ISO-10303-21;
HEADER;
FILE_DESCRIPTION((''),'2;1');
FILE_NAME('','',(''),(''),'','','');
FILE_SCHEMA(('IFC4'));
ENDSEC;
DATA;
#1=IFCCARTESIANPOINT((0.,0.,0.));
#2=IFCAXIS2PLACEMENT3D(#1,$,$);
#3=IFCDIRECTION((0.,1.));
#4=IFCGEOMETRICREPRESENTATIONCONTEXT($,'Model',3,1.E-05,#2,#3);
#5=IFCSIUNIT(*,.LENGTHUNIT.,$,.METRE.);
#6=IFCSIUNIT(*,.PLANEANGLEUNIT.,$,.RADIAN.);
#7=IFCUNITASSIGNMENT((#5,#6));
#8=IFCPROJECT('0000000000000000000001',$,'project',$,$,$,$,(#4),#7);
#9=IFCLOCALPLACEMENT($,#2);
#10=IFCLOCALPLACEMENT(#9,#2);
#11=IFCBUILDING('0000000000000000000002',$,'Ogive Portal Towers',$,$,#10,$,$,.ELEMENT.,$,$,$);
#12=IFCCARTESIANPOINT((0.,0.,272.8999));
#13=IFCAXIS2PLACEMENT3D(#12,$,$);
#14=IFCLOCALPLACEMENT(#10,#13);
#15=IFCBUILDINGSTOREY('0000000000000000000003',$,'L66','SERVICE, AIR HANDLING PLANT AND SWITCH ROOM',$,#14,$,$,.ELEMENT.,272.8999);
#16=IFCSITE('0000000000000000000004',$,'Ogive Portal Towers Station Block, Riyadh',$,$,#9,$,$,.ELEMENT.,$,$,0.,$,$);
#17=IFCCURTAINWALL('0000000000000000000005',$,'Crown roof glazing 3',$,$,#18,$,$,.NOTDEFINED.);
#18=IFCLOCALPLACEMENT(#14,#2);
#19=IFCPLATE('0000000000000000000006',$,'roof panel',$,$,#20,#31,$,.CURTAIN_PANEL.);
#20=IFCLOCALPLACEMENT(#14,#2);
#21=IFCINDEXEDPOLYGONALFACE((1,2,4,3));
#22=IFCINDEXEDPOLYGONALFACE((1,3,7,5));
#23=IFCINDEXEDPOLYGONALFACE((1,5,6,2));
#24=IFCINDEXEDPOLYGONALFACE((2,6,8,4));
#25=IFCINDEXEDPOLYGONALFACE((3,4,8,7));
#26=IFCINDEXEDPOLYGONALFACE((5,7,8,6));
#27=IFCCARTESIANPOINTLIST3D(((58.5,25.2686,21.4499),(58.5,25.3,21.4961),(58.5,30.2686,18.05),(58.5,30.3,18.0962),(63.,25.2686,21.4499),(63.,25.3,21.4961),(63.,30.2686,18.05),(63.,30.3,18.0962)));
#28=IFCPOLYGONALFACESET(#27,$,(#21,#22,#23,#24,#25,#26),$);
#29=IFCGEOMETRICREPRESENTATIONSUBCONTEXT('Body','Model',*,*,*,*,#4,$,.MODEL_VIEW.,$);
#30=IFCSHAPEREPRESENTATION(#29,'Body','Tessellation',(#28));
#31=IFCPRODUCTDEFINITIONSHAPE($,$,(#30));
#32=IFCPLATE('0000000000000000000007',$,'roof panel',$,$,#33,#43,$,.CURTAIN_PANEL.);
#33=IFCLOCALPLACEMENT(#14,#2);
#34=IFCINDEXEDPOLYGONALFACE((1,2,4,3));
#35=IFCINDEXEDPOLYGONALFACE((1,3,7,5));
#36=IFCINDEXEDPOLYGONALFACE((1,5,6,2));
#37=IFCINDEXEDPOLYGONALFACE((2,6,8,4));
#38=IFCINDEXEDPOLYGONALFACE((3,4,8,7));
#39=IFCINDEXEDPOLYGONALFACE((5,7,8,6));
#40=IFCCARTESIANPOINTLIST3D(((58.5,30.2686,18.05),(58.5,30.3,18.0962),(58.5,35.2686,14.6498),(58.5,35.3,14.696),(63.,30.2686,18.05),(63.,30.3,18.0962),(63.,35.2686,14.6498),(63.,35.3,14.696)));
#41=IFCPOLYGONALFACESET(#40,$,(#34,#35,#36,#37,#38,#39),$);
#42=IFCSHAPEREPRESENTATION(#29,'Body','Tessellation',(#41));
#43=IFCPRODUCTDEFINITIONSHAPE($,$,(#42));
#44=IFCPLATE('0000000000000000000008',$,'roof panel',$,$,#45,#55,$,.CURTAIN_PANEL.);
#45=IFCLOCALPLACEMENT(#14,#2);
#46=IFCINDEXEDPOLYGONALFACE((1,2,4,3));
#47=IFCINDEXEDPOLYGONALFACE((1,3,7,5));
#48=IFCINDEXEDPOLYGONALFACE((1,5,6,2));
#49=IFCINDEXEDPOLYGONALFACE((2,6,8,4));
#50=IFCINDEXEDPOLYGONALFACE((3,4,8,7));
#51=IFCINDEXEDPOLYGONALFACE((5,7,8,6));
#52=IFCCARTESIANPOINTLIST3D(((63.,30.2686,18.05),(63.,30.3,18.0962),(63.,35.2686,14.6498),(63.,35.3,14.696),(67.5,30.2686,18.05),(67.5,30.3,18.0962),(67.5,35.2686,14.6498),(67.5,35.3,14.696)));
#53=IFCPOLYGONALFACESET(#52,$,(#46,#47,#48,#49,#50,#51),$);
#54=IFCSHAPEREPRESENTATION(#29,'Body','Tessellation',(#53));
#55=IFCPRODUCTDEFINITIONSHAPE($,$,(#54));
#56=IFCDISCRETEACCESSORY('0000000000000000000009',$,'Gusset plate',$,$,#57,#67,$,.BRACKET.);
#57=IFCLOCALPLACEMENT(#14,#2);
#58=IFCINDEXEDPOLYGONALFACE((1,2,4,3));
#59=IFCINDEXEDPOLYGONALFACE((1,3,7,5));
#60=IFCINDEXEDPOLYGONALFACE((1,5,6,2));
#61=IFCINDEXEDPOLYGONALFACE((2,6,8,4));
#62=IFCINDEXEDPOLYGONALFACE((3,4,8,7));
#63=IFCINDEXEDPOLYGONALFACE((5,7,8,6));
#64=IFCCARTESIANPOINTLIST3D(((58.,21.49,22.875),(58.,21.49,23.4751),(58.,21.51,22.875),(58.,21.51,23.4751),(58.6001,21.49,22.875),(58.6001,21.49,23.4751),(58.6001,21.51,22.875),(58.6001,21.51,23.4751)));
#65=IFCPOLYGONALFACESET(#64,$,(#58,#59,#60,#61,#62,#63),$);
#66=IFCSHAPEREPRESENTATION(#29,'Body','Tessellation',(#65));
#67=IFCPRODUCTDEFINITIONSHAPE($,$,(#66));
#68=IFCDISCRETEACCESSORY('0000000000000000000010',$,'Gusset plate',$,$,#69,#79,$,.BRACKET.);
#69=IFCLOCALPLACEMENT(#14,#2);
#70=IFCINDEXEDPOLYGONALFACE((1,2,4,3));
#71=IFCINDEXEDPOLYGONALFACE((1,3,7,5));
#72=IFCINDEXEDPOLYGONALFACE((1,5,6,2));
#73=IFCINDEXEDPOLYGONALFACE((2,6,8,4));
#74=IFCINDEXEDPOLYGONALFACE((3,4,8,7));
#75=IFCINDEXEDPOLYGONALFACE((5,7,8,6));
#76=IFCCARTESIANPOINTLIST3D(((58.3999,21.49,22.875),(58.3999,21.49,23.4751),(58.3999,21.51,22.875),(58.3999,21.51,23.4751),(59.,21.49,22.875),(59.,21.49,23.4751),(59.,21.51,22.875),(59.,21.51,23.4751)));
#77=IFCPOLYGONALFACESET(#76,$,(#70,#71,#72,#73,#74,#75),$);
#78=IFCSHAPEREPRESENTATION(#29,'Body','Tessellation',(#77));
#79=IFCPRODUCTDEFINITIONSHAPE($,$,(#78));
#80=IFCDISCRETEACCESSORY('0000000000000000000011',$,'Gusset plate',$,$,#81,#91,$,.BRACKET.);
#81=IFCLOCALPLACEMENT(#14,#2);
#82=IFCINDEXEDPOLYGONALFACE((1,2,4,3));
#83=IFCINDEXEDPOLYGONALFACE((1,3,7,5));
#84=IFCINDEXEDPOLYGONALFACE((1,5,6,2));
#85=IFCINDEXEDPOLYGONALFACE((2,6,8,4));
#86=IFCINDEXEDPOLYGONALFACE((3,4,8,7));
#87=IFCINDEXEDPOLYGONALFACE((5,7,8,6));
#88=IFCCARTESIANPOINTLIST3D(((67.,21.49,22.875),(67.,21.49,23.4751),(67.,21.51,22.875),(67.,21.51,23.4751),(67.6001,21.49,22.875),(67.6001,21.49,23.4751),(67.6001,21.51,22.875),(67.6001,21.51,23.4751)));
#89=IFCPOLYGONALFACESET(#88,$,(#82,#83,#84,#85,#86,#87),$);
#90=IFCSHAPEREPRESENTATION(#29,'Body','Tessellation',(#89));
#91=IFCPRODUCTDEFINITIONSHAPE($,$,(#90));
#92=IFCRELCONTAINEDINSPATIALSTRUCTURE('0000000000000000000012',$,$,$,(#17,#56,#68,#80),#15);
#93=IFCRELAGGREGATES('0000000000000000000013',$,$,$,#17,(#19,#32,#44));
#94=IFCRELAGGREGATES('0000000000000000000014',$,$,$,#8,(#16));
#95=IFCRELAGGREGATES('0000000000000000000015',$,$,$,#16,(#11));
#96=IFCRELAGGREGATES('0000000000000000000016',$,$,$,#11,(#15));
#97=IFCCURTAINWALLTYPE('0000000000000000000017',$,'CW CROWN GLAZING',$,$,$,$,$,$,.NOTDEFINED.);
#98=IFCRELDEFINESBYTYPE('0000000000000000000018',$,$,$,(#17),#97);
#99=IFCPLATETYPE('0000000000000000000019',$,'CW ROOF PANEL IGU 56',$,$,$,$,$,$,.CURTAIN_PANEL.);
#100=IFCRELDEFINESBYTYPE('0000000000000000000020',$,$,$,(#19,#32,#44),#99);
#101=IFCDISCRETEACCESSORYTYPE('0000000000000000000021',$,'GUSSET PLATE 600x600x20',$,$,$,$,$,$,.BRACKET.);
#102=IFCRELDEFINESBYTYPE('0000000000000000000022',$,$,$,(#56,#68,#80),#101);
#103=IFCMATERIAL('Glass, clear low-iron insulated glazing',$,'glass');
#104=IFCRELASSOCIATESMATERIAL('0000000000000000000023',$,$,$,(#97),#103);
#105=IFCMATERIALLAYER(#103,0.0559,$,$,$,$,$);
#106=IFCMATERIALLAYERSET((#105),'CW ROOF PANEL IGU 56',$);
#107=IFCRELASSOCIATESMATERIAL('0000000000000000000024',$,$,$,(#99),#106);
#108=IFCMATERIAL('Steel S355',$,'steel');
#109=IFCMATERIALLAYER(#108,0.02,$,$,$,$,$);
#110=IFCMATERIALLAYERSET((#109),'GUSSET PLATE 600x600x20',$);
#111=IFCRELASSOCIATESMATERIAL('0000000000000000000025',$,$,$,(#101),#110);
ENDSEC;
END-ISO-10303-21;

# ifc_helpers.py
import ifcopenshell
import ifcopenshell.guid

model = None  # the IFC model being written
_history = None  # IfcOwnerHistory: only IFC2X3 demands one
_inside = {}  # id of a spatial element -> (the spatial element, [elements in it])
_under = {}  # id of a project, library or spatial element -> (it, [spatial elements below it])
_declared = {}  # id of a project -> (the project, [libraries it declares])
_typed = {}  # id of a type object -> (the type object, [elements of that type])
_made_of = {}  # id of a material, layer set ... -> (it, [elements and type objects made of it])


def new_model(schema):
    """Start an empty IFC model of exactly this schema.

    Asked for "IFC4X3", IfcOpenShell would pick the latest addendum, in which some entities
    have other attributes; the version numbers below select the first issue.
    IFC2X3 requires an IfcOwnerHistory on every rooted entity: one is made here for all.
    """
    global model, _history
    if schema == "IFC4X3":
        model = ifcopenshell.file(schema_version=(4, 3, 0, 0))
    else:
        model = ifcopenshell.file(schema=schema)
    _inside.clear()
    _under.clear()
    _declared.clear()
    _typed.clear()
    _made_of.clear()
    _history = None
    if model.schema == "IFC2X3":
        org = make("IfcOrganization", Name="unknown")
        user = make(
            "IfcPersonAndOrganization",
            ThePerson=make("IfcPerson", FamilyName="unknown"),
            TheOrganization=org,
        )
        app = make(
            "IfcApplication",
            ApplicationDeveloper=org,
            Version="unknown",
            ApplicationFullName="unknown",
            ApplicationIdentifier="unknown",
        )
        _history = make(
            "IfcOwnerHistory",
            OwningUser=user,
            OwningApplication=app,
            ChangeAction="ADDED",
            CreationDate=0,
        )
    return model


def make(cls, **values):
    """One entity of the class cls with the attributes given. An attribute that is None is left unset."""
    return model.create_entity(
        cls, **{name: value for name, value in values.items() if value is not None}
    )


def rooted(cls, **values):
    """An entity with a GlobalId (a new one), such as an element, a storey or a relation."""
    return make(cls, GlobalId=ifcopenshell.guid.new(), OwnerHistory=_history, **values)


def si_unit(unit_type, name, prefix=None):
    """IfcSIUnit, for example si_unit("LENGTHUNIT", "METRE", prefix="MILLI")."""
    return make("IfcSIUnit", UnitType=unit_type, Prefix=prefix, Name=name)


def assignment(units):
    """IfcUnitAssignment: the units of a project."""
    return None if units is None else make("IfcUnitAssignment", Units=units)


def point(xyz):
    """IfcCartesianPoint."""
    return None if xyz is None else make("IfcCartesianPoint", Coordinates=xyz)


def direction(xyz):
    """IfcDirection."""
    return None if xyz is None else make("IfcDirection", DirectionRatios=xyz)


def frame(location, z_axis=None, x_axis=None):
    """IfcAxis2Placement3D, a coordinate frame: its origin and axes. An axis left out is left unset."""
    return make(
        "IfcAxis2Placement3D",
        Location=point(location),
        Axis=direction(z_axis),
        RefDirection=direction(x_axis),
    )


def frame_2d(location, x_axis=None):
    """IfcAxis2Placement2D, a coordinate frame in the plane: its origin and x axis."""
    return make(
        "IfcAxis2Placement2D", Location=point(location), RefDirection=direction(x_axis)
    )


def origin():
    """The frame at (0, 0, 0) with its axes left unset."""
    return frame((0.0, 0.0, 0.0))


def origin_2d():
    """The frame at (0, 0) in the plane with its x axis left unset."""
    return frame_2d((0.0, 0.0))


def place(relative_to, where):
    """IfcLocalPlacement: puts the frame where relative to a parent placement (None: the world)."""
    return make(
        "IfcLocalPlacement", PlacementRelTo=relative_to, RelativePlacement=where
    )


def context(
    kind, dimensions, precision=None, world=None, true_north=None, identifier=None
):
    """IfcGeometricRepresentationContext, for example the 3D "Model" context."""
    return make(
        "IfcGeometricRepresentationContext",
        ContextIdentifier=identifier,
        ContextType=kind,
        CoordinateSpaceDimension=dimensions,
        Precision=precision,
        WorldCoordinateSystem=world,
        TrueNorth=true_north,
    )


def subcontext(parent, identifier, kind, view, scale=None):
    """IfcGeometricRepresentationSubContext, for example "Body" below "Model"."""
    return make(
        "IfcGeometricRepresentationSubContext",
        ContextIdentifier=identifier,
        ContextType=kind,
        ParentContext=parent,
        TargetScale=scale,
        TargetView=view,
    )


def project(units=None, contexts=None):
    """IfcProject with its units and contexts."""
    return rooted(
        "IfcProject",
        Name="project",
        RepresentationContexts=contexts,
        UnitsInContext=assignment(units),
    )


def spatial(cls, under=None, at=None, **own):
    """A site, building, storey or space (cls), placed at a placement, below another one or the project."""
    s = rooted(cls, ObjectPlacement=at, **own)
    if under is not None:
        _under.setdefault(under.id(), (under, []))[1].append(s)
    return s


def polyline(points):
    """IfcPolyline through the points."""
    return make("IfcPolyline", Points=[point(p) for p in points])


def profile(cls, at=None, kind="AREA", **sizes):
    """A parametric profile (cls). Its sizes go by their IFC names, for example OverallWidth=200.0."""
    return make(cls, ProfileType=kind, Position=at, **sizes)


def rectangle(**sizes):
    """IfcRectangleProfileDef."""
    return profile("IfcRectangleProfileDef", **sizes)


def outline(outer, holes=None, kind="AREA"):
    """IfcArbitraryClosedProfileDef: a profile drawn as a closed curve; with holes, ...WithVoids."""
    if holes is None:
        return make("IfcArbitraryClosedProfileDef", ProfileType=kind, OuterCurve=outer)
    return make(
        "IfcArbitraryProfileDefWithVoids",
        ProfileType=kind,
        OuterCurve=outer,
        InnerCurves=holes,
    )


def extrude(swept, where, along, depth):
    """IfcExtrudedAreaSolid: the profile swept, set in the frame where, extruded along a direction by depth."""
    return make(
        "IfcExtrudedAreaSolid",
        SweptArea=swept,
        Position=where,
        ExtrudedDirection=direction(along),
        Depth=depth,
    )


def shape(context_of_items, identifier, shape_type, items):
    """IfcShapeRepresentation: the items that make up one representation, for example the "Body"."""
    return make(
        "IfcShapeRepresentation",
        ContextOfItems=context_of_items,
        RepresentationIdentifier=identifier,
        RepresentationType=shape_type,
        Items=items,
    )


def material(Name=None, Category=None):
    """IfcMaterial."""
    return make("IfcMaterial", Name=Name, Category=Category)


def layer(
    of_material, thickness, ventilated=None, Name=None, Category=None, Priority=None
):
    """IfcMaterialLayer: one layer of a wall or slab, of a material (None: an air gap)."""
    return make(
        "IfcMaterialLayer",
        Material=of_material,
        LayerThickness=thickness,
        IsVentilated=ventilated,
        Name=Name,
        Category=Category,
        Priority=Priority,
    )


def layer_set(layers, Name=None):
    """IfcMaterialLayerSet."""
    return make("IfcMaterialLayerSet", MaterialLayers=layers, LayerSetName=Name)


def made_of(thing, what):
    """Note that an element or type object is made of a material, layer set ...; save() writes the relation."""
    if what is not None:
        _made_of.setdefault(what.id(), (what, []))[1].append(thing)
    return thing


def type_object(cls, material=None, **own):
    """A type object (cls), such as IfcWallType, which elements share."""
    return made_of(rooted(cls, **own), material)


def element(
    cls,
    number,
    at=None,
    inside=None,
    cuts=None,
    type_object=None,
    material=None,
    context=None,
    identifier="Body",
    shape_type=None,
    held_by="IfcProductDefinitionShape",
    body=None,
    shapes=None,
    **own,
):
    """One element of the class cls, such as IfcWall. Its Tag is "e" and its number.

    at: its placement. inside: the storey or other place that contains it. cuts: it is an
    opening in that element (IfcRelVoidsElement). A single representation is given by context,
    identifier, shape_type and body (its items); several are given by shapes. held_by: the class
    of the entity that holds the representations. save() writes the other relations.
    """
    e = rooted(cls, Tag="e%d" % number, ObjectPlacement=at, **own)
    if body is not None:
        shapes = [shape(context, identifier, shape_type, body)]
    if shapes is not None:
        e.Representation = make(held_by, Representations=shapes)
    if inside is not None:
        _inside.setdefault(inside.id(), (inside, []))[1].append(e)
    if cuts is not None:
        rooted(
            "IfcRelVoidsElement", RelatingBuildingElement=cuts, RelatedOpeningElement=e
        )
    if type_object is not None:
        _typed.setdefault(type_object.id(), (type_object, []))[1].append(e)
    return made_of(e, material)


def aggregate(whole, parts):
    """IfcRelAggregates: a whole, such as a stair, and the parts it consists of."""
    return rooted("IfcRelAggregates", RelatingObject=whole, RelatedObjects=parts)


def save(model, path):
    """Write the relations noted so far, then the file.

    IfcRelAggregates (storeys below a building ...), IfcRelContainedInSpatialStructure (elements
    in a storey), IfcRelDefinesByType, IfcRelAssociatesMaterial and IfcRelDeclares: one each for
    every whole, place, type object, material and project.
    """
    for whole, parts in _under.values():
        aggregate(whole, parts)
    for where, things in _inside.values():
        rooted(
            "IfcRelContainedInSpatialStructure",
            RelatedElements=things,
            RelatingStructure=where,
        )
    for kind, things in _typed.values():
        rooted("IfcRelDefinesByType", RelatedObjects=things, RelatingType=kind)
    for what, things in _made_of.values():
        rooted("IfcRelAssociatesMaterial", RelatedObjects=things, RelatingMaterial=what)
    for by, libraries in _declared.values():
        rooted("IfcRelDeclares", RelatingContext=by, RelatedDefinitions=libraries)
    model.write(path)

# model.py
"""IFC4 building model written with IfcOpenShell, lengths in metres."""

from ifc_helpers import new_model, si_unit, direction, frame, origin, origin_2d, place, context, subcontext, project, spatial, polyline, rectangle, outline, extrude, material, layer, layer_set, type_object, element, aggregate, save


model = new_model("IFC4")

# Units and contexts
model_context = context("Model", 3, precision=1e-05, world=origin(), true_north=direction((0.0, 1.0)))
body_context = subcontext(model_context, "Body", "Model", "MODEL_VIEW")
ifc_project = project(units=[si_unit("LENGTHUNIT", "METRE"), si_unit("PLANEANGLEUNIT", "RADIAN")], contexts=[model_context])

# Site, building, storey
site_placement = place(None, origin())
site = spatial("IfcSite", under=ifc_project, at=site_placement, Name="Ogive Portal Towers Station Block, Riyadh", CompositionType="ELEMENT", RefElevation=0.0)
building_placement = place(site_placement, origin())
building = spatial("IfcBuilding", under=site, at=building_placement, Name="Ogive Portal Towers", CompositionType="ELEMENT")
storey_placement = place(building_placement, frame((0.0, 0.0, 272.8999)))
storey = spatial("IfcBuildingStorey", under=building, at=storey_placement, Name="L66", Description="SERVICE, AIR HANDLING PLANT AND SWITCH ROOM", CompositionType="ELEMENT", Elevation=272.8999)

# Shared definitions
ifc_material_1 = material(Name="Steel S355", Category="steel")

# Curtain wall, plates
ifc_material_2 = material(Name="Glass, clear low-iron insulated glazing", Category="glass")
curtain_wall_type = type_object("IfcCurtainWallType", Name="CW CROWN GLAZING", PredefinedType="NOTDEFINED", material=ifc_material_2)
curtain_wall_placement = place(storey_placement, origin())
curtain_wall = element("IfcCurtainWall", 1, at=curtain_wall_placement, inside=storey, type_object=curtain_wall_type, Name="Crown roof glazing 3", PredefinedType="NOTDEFINED")
ifc_layer_1 = layer(ifc_material_2, 0.0559)
ifc_layer_set_1 = layer_set([ifc_layer_1], Name="CW ROOF PANEL IGU 56")
plate_type = type_object("IfcPlateType", Name="CW ROOF PANEL IGU 56", PredefinedType="CURTAIN_PANEL", material=ifc_layer_set_1)
plate_1_placement = place(storey_placement, frame((63.0, 25.3, 21.4961), z_axis=(0.0, 0.562299, 0.826934), x_axis=(0.0, 0.826934, -0.562299)))
plate_1 = element("IfcPlate", 2, at=plate_1_placement, type_object=plate_type, Name="roof panel", PredefinedType="CURTAIN_PANEL", context=body_context, shape_type="SweptSolid", body=[
    extrude(outline(polyline([(0.0, 0.0), (6.0464, 0.0), (6.0464, 4.5), (0.0, 4.5), (0.0, 0.0)])), origin(), (0.0, 0.0, -1.0), 0.0559),
])
plate_2_placement = place(storey_placement, frame((63.0, 30.3, 18.0962), z_axis=(0.0, 0.562327, 0.826915), x_axis=(0.0, 0.826915, -0.562327)))
plate_2 = element("IfcPlate", 3, at=plate_2_placement, type_object=plate_type, Name="roof panel", PredefinedType="CURTAIN_PANEL", context=body_context, shape_type="SweptSolid", body=[
    extrude(outline(polyline([(0.0, 0.0), (6.0466, 0.0), (6.0466, 4.5), (0.0, 4.5), (0.0, 0.0)])), origin(), (0.0, 0.0, -1.0), 0.0559),
])
plate_3_placement = place(storey_placement, frame((67.5, 30.3, 18.0962), z_axis=(0.0, 0.562327, 0.826915), x_axis=(0.0, 0.826915, -0.562327)))
plate_3 = element("IfcPlate", 4, at=plate_3_placement, type_object=plate_type, Name="roof panel", PredefinedType="CURTAIN_PANEL", context=body_context, shape_type="SweptSolid", body=[
    extrude(outline(polyline([(0.0, 0.0), (6.0466, 0.0), (6.0466, 4.5), (0.0, 4.5), (0.0, 0.0)])), origin(), (0.0, 0.0, -1.0), 0.0559),
])
aggregate(curtain_wall, [plate_1, plate_2, plate_3])

# Discrete accessories
ifc_layer_2 = layer(ifc_material_1, 0.02)
ifc_layer_set_2 = layer_set([ifc_layer_2], Name="GUSSET PLATE 600x600x20")
discrete_accessory_type = type_object("IfcDiscreteAccessoryType", Name="GUSSET PLATE 600x600x20", PredefinedType="BRACKET", material=ifc_layer_set_2)
for number, where, z_axis, x_axis, name in (
    (5, (58.3, 21.5, 22.875), (0.0, 0.0, 1.0), (1.0, 0.0, 0.0), "Gusset plate"),
    (6, (58.7, 21.5, 22.875), (0.0, 0.0, 1.0), (1.0, 0.0, 0.0), "Gusset plate"),
    (7, (67.3, 21.5, 22.875), (0.0, 0.0, 1.0), (1.0, 0.0, 0.0), "Gusset plate"),
):
    element("IfcDiscreteAccessory", number, at=place(storey_placement, frame(where, z_axis=z_axis, x_axis=x_axis)), inside=storey, type_object=discrete_accessory_type, Name=name, PredefinedType="BRACKET", context=body_context, shape_type="SweptSolid", body=[
        extrude(rectangle(XDim=0.6001, YDim=0.02, at=origin_2d()), origin(), (0.0, 0.0, 1.0), 0.6001),
    ])

save(model, "model.ifc")
